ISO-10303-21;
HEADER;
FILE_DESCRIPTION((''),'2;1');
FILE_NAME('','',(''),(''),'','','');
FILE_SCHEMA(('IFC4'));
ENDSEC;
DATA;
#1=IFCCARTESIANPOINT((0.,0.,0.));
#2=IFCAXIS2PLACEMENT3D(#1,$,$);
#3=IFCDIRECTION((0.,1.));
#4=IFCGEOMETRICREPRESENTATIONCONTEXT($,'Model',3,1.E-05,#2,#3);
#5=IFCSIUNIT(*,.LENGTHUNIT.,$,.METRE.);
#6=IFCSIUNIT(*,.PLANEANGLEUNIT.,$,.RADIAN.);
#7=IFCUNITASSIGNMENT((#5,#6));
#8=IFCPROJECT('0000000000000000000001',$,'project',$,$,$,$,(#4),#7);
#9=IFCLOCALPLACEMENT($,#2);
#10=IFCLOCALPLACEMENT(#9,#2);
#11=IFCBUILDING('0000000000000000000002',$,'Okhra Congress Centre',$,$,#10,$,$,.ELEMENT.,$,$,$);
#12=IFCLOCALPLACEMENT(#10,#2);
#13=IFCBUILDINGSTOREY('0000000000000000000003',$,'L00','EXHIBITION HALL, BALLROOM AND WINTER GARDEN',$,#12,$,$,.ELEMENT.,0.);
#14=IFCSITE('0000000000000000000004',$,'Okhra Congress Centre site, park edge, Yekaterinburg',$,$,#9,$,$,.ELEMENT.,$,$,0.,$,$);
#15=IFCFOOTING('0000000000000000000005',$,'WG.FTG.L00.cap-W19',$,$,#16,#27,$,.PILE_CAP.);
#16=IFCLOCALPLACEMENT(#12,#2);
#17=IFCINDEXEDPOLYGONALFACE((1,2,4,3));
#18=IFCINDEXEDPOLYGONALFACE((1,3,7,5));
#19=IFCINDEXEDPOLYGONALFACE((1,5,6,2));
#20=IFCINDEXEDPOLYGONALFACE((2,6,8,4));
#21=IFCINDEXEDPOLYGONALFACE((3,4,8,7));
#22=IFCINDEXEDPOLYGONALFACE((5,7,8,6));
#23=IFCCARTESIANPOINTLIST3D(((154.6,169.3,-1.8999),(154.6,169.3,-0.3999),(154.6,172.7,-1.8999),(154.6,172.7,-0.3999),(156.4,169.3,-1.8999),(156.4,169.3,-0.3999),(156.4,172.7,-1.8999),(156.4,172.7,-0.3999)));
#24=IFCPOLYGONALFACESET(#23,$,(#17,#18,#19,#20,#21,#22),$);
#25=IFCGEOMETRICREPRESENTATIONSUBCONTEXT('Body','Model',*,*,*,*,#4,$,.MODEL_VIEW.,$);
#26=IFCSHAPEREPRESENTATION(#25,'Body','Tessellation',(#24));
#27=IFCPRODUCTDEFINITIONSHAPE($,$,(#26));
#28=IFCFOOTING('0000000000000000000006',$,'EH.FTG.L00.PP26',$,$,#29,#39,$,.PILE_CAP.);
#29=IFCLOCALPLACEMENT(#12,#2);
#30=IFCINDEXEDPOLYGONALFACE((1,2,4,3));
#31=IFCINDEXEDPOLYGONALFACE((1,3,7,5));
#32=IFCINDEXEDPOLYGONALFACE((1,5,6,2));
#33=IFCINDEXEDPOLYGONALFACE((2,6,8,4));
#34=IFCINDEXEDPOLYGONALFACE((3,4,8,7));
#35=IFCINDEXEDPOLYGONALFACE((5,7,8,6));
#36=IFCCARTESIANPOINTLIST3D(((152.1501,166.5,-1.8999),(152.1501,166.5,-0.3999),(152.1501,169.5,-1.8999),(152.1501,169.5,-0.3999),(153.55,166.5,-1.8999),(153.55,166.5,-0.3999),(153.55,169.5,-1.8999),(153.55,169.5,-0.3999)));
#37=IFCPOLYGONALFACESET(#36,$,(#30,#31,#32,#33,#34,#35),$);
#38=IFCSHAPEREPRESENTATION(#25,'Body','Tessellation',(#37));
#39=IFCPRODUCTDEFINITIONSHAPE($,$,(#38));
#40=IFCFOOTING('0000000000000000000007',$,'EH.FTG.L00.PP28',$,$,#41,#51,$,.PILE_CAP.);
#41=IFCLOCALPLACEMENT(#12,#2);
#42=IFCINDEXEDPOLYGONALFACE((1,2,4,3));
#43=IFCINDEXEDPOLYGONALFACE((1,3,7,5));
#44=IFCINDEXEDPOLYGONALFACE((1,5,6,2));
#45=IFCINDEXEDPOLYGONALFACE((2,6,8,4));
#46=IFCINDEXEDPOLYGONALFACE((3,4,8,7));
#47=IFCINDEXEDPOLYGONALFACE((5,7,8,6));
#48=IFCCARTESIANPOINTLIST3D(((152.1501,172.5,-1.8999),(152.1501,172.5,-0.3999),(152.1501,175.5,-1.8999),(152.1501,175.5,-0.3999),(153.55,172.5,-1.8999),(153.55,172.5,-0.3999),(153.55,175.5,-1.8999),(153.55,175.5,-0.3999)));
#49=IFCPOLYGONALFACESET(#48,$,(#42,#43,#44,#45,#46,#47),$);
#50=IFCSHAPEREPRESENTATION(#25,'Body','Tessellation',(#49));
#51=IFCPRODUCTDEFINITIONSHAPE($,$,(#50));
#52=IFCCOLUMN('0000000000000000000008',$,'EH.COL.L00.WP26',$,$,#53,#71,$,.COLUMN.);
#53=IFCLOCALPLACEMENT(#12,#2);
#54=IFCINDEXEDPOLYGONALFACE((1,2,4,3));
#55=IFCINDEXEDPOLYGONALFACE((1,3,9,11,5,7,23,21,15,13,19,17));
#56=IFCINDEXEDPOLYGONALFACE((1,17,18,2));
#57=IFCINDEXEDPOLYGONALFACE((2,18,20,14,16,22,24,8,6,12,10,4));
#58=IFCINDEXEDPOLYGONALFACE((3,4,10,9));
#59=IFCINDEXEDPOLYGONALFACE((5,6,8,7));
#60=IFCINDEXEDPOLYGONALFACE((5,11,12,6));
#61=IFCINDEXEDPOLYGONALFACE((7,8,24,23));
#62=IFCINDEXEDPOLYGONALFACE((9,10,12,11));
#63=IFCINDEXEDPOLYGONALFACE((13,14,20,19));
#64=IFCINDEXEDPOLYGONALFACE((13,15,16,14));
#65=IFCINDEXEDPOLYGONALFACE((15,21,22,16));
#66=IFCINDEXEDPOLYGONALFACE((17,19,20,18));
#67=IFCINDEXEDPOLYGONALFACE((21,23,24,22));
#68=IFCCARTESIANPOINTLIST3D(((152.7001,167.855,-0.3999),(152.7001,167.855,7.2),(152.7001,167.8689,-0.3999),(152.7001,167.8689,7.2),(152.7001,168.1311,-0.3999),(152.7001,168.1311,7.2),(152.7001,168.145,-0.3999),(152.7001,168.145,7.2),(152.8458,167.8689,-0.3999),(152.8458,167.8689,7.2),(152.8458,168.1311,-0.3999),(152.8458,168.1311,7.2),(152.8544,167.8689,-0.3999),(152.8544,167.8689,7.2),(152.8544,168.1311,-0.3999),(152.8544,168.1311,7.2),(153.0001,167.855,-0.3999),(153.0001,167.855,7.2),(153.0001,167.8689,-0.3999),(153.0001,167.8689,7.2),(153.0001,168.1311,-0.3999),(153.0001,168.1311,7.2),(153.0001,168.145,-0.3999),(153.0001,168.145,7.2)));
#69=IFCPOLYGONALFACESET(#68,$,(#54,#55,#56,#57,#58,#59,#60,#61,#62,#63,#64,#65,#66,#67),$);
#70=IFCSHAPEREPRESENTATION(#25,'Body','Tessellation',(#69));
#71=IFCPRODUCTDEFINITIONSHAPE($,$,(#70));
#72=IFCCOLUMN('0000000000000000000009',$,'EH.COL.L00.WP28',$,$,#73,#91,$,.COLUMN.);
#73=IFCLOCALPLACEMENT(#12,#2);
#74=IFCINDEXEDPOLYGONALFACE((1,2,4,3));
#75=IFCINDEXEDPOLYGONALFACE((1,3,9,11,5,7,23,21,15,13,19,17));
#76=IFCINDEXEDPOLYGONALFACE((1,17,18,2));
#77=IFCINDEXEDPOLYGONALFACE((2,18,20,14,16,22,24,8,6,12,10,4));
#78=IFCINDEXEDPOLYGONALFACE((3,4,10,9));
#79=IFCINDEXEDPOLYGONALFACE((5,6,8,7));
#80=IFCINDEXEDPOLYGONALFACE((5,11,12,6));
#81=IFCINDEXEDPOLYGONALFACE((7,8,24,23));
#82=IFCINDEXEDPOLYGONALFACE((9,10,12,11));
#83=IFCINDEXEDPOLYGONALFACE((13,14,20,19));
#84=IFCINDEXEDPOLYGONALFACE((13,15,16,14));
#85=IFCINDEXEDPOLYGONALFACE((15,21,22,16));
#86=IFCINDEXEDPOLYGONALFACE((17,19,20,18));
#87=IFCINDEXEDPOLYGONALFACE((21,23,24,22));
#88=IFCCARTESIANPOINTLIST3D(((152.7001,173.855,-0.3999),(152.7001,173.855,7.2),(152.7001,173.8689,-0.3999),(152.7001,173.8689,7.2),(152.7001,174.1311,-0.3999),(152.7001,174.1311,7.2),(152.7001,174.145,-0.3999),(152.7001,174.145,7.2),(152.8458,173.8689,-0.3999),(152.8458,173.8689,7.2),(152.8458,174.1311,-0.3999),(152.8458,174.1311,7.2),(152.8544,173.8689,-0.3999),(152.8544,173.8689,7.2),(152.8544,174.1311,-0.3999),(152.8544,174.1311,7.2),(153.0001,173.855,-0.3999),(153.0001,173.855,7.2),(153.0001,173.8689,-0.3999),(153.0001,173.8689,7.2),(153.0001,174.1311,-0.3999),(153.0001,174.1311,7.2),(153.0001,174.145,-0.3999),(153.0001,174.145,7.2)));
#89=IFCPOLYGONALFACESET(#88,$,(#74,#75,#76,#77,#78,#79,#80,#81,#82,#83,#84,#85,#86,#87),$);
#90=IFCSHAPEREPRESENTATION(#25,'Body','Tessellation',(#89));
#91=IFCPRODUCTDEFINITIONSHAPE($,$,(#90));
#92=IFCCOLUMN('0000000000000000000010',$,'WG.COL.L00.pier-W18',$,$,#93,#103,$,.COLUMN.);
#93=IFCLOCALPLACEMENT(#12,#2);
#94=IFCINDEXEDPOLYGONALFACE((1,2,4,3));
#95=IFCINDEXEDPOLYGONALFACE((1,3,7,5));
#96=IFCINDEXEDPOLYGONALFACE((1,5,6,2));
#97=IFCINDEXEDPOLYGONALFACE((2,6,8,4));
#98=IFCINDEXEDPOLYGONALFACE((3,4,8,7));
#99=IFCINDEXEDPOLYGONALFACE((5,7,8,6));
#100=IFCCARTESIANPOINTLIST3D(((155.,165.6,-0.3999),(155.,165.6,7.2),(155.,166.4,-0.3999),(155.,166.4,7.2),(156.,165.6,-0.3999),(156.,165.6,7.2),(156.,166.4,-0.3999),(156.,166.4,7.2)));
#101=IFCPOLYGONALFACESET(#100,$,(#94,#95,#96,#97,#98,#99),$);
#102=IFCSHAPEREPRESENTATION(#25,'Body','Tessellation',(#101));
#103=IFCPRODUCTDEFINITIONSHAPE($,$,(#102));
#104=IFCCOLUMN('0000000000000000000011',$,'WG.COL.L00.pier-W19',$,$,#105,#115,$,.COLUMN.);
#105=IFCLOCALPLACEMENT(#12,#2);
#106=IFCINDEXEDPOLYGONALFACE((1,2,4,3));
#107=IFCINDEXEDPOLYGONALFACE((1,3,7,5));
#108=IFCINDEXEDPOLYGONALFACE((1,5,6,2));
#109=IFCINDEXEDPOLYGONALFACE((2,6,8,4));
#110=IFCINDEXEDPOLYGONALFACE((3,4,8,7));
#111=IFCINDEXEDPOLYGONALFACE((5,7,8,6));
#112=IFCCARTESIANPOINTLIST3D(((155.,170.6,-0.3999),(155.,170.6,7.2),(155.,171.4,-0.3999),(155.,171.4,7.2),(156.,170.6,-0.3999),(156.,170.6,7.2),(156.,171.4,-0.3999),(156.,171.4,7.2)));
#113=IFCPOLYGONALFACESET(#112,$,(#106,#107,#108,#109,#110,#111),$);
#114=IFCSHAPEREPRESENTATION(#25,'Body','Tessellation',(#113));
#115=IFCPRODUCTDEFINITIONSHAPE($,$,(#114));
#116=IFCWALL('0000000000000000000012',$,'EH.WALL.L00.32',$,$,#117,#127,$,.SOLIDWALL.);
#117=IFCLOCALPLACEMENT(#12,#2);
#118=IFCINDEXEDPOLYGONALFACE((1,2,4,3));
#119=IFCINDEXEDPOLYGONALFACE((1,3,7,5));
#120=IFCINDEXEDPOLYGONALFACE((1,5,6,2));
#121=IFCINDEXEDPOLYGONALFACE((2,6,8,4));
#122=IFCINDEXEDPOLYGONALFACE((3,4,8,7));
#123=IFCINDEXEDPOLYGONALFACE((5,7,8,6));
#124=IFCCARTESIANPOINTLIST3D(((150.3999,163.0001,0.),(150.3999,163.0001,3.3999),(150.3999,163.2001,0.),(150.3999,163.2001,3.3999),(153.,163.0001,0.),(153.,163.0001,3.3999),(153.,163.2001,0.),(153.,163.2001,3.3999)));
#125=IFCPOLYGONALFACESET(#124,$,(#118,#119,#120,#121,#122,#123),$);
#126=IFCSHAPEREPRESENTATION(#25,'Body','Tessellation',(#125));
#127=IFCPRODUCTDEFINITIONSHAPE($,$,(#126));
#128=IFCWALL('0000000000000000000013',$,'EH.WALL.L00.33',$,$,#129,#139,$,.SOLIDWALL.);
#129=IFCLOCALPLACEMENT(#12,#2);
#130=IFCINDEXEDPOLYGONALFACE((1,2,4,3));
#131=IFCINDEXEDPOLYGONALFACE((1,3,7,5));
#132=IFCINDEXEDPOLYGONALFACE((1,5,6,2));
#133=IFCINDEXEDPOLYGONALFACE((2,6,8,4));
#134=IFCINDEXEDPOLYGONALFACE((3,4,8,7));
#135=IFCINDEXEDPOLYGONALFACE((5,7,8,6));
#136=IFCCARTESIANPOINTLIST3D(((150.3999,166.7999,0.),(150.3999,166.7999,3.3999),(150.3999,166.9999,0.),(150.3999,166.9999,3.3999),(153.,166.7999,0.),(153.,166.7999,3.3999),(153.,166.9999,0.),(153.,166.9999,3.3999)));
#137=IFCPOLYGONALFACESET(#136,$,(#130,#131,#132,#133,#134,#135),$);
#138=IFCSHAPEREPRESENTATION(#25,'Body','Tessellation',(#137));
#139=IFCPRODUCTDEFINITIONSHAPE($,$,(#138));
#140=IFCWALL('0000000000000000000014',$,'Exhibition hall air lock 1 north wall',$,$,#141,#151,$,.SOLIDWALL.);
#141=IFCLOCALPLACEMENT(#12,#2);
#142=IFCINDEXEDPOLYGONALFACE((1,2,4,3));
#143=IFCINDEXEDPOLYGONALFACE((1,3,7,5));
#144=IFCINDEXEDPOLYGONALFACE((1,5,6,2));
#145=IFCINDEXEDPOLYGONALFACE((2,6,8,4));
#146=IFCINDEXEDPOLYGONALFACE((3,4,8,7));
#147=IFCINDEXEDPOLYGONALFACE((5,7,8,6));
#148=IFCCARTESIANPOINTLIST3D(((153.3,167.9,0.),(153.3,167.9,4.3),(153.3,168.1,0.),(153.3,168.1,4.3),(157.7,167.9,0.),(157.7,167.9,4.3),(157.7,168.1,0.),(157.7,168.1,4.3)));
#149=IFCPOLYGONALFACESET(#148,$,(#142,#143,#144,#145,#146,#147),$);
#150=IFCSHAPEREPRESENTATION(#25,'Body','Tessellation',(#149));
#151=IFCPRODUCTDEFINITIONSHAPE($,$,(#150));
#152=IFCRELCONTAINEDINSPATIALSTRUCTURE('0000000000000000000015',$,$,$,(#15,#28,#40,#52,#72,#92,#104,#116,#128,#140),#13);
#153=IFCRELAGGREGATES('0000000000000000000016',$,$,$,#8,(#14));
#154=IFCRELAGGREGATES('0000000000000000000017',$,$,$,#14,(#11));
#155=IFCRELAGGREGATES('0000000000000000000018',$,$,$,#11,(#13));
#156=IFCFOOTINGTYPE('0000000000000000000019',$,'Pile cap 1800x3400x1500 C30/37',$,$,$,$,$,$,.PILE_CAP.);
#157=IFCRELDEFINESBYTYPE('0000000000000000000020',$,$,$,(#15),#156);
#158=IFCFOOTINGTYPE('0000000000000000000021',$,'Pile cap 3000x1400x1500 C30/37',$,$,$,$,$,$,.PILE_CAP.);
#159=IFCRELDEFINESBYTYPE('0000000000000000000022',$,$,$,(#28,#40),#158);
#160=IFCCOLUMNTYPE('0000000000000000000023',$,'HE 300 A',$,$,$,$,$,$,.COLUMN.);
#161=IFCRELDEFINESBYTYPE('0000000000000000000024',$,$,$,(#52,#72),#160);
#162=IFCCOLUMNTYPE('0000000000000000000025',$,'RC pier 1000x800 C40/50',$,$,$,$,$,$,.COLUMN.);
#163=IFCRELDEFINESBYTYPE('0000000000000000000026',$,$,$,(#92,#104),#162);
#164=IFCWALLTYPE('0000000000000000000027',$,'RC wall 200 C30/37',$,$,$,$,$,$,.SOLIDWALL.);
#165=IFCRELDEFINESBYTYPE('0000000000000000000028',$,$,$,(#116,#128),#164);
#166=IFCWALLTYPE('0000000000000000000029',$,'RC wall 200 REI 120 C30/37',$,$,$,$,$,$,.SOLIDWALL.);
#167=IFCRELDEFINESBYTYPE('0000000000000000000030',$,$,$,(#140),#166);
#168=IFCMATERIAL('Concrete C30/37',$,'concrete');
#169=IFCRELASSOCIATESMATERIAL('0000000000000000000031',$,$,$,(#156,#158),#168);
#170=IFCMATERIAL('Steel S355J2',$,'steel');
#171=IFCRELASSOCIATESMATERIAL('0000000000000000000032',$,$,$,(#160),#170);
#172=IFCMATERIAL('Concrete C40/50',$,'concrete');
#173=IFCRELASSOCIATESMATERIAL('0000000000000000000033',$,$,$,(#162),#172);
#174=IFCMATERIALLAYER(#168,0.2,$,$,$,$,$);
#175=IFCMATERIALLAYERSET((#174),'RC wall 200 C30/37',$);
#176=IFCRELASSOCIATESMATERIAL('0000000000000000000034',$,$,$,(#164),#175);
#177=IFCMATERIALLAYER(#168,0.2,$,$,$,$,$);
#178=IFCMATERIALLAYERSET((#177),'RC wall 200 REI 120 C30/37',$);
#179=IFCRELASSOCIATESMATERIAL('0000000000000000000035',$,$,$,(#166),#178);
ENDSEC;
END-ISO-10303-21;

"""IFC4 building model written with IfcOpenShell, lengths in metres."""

from ifc_helpers import new_model, si_unit, direction, frame, frame_2d, origin, origin_2d, place, context, subcontext, project, spatial, rectangle, i_section, extrude, material, layer, layer_set, material_profile, profile_set, type_object, element, save


model = new_model("IFC4")

# Units and contexts
model_context = context("Model", 3, precision=1e-05, world=origin(), true_north=direction((0.0, 1.0)))
body_context = subcontext(model_context, "Body", "Model", "MODEL_VIEW")
ifc_project = project(units=[si_unit("LENGTHUNIT", "METRE"), si_unit("PLANEANGLEUNIT", "RADIAN")], contexts=[model_context])

# Site, building, storey
site_placement = place(None, origin())
site = spatial("IfcSite", under=ifc_project, at=site_placement, Name="Okhra Congress Centre site, park edge, Yekaterinburg", CompositionType="ELEMENT", RefElevation=0.0)
building_placement = place(site_placement, origin())
building = spatial("IfcBuilding", under=site, at=building_placement, Name="Okhra Congress Centre", CompositionType="ELEMENT")
storey_placement = place(building_placement, origin())
storey = spatial("IfcBuildingStorey", under=building, at=storey_placement, Name="L00", Description="EXHIBITION HALL, BALLROOM AND WINTER GARDEN", CompositionType="ELEMENT", Elevation=0.0)

# Shared definitions
ifc_material_1 = material(Name="Concrete C30/37", Category="concrete")

# Footings
footing_type_1 = type_object("IfcFootingType", Name="Pile cap 1800x3400x1500 C30/37", PredefinedType="PILE_CAP", material=ifc_material_1)
for number, where, z_axis, x_axis, name in (
    (1, (155.5, 171.0, -1.8999), (0.0, 0.0, 1.0), (1.0, 0.0, 0.0), "WG.FTG.L00.cap-W19"),
):
    element("IfcFooting", number, at=place(storey_placement, frame(where, z_axis=z_axis, x_axis=x_axis)), inside=storey, type_object=footing_type_1, Name=name, PredefinedType="PILE_CAP", context=body_context, shape_type="SweptSolid", body=[
        extrude(rectangle(XDim=1.8, YDim=3.3999, at=origin_2d()), origin(), (0.0, 0.0, 1.0), 1.5),
    ])
footing_type_2 = type_object("IfcFootingType", Name="Pile cap 3000x1400x1500 C30/37", PredefinedType="PILE_CAP", material=ifc_material_1)
for number, where, z_axis, x_axis, name in (
    (2, (152.8501, 168.0, -1.8999), (0.0, 0.0, 1.0), (0.0, 1.0, 0.0), "EH.FTG.L00.PP26"),
    (3, (152.8501, 174.0, -1.8999), (0.0, 0.0, 1.0), (0.0, 1.0, 0.0), "EH.FTG.L00.PP28"),
):
    element("IfcFooting", number, at=place(storey_placement, frame(where, z_axis=z_axis, x_axis=x_axis)), inside=storey, type_object=footing_type_2, Name=name, PredefinedType="PILE_CAP", context=body_context, shape_type="SweptSolid", body=[
        extrude(rectangle(XDim=3.0, YDim=1.3999, at=origin_2d()), origin(), (0.0, 0.0, 1.0), 1.5),
    ])

# Columns
ifc_material_2 = material(Name="Steel S355J2", Category="steel")
ifc_material_profile_1 = material_profile(ifc_material_2, i_section(OverallWidth=0.3, OverallDepth=0.29, WebThickness=0.0085, FlangeThickness=0.0139, at=origin_2d()), Name="HE 300 A")
ifc_profile_set_1 = profile_set([ifc_material_profile_1], Name="Steel S355J2")
column_type_1 = type_object("IfcColumnType", Name="HE 300 A", PredefinedType="COLUMN", material=ifc_profile_set_1)
for number, where, z_axis, x_axis, name in (
    (4, (152.8501, 168.0, -0.3999), (0.0, 0.0, 1.0), (1.0, 0.0, 0.0), "EH.COL.L00.WP26"),
    (5, (152.8501, 174.0, -0.3999), (0.0, 0.0, 1.0), (1.0, 0.0, 0.0), "EH.COL.L00.WP28"),
):
    element("IfcColumn", number, at=place(storey_placement, frame(where, z_axis=z_axis, x_axis=x_axis)), inside=storey, type_object=column_type_1, Name=name, PredefinedType="COLUMN", context=body_context, shape_type="SweptSolid", body=[
        extrude(i_section(OverallWidth=0.3, OverallDepth=0.29, WebThickness=0.0085, FlangeThickness=0.0139, at=origin_2d()), origin(), (0.0, 0.0, 1.0), 7.5999),
    ])
ifc_material_3 = material(Name="Concrete C40/50", Category="concrete")
ifc_material_profile_2 = material_profile(ifc_material_3, rectangle(XDim=1.0, YDim=0.8, at=origin_2d()), Name="RC 1000x800")
ifc_profile_set_2 = profile_set([ifc_material_profile_2], Name="Concrete C40/50")
column_type_2 = type_object("IfcColumnType", Name="RC pier 1000x800 C40/50", PredefinedType="COLUMN", material=ifc_profile_set_2)
for number, where, z_axis, x_axis, name in (
    (6, (155.5, 166.0, -0.3999), (0.0, 0.0, 1.0), (1.0, 0.0, 0.0), "WG.COL.L00.pier-W18"),
    (7, (155.5, 171.0, -0.3999), (0.0, 0.0, 1.0), (1.0, 0.0, 0.0), "WG.COL.L00.pier-W19"),
):
    element("IfcColumn", number, at=place(storey_placement, frame(where, z_axis=z_axis, x_axis=x_axis)), inside=storey, type_object=column_type_2, Name=name, PredefinedType="COLUMN", context=body_context, shape_type="SweptSolid", body=[
        extrude(rectangle(XDim=1.0, YDim=0.8, at=origin_2d()), origin(), (0.0, 0.0, 1.0), 7.5999),
    ])

# Shared definitions
ifc_layer_1 = layer(ifc_material_1, 0.2)
ifc_layer_set_1 = layer_set([ifc_layer_1], Name="RC wall 200 C30/37")
wall_type_1 = type_object("IfcWallType", Name="RC wall 200 C30/37", PredefinedType="SOLIDWALL", material=ifc_layer_set_1)

# Walls
for number, where, z_axis, x_axis, name in (
    (8, (150.3999, 163.1001, 0.0), (0.0, 0.0, 1.0), (1.0, 0.0, 0.0), "EH.WALL.L00.32"),
    (9, (150.3999, 166.8999, 0.0), (0.0, 0.0, 1.0), (1.0, 0.0, 0.0), "EH.WALL.L00.33"),
):
    element("IfcWall", number, at=place(storey_placement, frame(where, z_axis=z_axis, x_axis=x_axis)), inside=storey, type_object=wall_type_1, Name=name, PredefinedType="SOLIDWALL", context=body_context, shape_type="SweptSolid", body=[
        extrude(rectangle(XDim=2.6001, YDim=0.2, at=frame_2d((1.3, 0.0))), origin(), (0.0, 0.0, 1.0), 3.3999),
    ])
ifc_layer_2 = layer(ifc_material_1, 0.2)
ifc_layer_set_2 = layer_set([ifc_layer_2], Name="RC wall 200 REI 120 C30/37")
wall_type_2 = type_object("IfcWallType", Name="RC wall 200 REI 120 C30/37", PredefinedType="SOLIDWALL", material=ifc_layer_set_2)
wall_1_placement = place(storey_placement, frame((153.3, 168.0, 0.0), z_axis=(0.0, 0.0, 1.0), x_axis=(1.0, 0.0, 0.0)))
element("IfcWall", 10, at=wall_1_placement, inside=storey, type_object=wall_type_2, Name="Exhibition hall air lock 1 north wall", PredefinedType="SOLIDWALL", context=body_context, shape_type="SweptSolid", body=[
    extrude(rectangle(XDim=4.3999, YDim=0.2, at=frame_2d((2.2, 0.0))), origin(), (0.0, 0.0, 1.0), 4.3),
])

save(model, "model.ifc")
